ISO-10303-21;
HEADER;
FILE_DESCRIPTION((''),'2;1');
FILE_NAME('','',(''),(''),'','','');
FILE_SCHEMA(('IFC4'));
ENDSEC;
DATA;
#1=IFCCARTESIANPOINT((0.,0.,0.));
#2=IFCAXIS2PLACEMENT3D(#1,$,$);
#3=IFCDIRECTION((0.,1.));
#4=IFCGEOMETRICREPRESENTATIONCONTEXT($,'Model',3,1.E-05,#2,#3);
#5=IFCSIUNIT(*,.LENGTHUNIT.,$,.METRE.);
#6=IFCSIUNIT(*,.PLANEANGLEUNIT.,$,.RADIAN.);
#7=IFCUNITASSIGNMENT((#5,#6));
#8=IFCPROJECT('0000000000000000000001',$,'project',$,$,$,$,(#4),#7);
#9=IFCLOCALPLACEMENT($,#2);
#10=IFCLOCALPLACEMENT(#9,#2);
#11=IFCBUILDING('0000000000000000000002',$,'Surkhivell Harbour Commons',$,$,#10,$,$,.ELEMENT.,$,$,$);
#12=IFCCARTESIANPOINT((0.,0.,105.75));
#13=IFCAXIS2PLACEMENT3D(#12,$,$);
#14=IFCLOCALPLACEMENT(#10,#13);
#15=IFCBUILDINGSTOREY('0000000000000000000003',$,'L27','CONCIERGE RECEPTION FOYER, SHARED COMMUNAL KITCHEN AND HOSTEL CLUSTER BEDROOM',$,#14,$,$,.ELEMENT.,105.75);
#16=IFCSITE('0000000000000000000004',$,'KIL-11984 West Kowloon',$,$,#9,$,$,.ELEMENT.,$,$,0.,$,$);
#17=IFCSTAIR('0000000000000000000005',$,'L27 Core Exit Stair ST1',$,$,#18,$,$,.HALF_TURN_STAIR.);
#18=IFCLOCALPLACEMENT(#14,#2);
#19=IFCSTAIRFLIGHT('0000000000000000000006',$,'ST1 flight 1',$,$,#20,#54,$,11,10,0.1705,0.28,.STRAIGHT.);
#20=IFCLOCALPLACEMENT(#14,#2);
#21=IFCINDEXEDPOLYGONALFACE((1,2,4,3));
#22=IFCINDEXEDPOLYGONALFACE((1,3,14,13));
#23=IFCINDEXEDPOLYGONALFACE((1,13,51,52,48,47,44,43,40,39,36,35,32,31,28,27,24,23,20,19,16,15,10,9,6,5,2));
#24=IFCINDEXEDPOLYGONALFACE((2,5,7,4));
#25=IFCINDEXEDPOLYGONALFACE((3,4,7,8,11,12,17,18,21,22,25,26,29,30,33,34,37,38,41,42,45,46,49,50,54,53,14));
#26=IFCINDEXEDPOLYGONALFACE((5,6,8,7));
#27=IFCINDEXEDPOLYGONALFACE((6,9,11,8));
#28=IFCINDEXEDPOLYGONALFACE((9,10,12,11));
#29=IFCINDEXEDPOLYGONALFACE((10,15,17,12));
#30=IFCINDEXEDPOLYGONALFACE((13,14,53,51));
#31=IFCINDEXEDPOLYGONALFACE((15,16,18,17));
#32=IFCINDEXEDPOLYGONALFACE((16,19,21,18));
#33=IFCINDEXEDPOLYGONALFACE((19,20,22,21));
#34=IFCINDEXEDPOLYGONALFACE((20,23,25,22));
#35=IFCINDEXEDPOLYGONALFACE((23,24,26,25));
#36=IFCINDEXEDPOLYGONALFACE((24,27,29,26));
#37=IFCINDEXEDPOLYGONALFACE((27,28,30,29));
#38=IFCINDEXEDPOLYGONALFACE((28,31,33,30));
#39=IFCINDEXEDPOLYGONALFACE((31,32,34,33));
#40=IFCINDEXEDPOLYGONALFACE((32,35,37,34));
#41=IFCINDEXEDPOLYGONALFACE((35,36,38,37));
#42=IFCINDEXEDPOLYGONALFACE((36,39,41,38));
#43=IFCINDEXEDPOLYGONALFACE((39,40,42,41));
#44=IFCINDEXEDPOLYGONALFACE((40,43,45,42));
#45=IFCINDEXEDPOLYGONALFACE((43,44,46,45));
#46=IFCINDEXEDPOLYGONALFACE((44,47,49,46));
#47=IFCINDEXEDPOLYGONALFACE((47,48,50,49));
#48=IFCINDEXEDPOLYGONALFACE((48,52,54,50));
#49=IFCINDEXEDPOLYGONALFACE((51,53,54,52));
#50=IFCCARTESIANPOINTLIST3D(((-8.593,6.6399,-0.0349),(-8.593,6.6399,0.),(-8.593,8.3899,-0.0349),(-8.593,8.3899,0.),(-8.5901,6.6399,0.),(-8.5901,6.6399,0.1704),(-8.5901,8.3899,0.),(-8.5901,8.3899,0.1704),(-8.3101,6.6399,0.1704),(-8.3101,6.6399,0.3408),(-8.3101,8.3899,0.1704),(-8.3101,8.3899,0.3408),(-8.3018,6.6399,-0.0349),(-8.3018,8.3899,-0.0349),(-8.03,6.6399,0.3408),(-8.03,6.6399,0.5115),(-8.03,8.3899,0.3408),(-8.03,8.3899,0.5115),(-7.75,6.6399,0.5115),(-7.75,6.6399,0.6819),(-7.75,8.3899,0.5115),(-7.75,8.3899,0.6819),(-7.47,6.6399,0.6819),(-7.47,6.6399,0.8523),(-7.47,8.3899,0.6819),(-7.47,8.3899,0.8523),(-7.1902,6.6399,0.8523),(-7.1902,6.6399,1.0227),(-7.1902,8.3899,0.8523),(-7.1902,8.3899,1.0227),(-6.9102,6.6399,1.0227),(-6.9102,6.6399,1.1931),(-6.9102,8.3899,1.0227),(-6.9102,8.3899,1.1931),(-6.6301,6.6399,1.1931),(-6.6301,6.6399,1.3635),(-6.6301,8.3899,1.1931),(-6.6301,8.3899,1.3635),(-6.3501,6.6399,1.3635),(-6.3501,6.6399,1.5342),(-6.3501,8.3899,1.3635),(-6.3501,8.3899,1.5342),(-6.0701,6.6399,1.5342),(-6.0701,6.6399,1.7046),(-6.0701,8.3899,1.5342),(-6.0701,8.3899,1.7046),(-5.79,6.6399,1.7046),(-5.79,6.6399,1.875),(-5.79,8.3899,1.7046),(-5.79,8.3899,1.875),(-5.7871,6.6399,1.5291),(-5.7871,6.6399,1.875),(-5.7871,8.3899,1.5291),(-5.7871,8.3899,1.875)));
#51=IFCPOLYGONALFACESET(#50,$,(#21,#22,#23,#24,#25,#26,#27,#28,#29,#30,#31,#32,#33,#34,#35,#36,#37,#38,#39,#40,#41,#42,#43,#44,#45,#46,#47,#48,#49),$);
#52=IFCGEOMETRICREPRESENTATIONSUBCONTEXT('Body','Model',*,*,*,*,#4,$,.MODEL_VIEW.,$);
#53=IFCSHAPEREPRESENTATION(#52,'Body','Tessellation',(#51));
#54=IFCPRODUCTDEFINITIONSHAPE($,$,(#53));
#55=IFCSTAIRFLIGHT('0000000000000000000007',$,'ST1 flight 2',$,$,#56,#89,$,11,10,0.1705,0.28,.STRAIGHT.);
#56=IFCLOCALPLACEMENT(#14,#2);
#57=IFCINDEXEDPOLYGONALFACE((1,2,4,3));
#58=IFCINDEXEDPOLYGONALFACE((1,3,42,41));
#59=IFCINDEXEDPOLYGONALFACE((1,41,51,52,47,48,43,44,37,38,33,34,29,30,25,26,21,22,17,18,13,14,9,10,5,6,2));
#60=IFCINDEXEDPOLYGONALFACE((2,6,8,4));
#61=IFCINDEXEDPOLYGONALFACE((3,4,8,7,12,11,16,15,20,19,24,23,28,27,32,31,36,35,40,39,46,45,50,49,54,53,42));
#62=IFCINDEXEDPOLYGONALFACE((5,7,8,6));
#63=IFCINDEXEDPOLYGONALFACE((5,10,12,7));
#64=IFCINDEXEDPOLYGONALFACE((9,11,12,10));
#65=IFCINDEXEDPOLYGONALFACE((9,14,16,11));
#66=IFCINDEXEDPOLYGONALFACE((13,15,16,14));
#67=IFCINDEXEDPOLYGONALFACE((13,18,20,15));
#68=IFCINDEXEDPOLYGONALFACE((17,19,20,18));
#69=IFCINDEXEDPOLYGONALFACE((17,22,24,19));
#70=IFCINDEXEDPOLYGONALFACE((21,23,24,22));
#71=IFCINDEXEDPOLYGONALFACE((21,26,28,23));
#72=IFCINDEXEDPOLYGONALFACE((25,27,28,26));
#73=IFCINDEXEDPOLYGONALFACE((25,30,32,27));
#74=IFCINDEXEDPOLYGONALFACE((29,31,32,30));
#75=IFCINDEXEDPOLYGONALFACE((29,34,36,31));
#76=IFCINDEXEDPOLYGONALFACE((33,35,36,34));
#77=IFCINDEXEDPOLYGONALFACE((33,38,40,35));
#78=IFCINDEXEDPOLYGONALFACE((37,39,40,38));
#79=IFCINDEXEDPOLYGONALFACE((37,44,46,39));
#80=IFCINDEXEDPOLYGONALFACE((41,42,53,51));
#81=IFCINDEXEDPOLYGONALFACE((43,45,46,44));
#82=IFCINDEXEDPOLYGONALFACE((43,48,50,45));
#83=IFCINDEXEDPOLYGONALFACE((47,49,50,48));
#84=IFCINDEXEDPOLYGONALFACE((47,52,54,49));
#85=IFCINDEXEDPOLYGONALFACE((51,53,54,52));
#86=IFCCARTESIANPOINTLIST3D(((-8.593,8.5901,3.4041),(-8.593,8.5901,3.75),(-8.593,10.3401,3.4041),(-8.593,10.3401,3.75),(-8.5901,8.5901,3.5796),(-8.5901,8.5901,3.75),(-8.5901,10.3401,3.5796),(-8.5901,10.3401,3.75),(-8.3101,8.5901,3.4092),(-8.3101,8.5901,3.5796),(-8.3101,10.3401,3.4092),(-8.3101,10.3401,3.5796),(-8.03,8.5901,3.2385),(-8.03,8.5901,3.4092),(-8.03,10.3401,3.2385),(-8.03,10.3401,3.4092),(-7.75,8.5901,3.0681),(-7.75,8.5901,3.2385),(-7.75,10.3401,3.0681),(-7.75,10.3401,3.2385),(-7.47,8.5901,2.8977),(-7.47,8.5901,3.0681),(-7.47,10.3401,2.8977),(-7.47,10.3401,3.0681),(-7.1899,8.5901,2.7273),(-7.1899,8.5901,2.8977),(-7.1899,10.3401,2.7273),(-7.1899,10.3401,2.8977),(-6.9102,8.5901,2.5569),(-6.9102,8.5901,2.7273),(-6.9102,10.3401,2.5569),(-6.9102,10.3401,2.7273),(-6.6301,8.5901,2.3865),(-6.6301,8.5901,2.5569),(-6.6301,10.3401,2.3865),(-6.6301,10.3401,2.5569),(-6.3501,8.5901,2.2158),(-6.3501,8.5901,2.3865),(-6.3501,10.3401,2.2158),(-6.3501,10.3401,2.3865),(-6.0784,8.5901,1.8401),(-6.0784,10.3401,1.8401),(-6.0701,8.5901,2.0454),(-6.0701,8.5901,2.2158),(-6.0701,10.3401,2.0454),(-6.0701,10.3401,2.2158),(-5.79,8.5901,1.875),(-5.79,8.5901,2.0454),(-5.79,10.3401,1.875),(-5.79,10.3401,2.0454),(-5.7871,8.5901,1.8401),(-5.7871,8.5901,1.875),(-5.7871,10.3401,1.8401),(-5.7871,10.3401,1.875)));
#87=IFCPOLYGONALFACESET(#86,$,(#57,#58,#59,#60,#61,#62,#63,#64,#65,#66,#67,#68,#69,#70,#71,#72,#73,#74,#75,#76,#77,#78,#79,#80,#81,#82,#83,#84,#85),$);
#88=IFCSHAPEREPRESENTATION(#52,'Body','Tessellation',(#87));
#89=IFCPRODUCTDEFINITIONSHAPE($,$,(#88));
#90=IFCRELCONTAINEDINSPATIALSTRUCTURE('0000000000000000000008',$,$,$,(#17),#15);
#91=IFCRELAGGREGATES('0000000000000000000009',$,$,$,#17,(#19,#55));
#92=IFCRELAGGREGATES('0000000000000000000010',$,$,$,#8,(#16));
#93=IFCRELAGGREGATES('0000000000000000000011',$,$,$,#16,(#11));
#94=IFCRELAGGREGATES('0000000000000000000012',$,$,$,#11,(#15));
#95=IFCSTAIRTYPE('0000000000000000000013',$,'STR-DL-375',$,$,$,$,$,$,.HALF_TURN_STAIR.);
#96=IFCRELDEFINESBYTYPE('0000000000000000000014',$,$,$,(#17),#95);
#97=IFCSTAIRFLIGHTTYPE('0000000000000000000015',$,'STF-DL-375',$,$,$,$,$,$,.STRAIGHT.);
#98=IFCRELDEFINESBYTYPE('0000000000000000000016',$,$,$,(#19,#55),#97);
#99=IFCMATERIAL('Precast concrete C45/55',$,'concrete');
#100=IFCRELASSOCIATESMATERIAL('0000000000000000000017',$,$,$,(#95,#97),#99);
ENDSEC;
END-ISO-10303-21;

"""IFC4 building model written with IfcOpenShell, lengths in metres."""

from ifc_helpers import new_model, si_unit, direction, frame, origin, place, context, subcontext, project, spatial, polyline, outline, extrude, material, type_object, element, aggregate, save


model = new_model("IFC4")

# Units and contexts
model_context = context("Model", 3, precision=1e-05, world=origin(), true_north=direction((0.0, 1.0)))
body_context = subcontext(model_context, "Body", "Model", "MODEL_VIEW")
ifc_project = project(units=[si_unit("LENGTHUNIT", "METRE"), si_unit("PLANEANGLEUNIT", "RADIAN")], contexts=[model_context])

# Site, building, storey
site_placement = place(None, origin())
site = spatial("IfcSite", under=ifc_project, at=site_placement, Name="KIL-11984 West Kowloon", CompositionType="ELEMENT", RefElevation=0.0)
building_placement = place(site_placement, origin())
building = spatial("IfcBuilding", under=site, at=building_placement, Name="Surkhivell Harbour Commons", CompositionType="ELEMENT")
storey_placement = place(building_placement, frame((0.0, 0.0, 105.75)))
storey = spatial("IfcBuildingStorey", under=building, at=storey_placement, Name="L27", Description="CONCIERGE RECEPTION FOYER, SHARED COMMUNAL KITCHEN AND HOSTEL CLUSTER BEDROOM", CompositionType="ELEMENT", Elevation=105.75)

# Stair, stair flights
ifc_material_1 = material(Name="Precast concrete C45/55", Category="concrete")
stair_type = type_object("IfcStairType", Name="STR-DL-375", PredefinedType="HALF_TURN_STAIR", material=ifc_material_1)
stair_placement = place(storey_placement, origin())
stair = element("IfcStair", 1, at=stair_placement, inside=storey, type_object=stair_type, Name="L27 Core Exit Stair ST1", PredefinedType="HALF_TURN_STAIR")
stair_flight_type = type_object("IfcStairFlightType", Name="STF-DL-375", PredefinedType="STRAIGHT", material=ifc_material_1)
stair_flight_1_placement = place(storey_placement, frame((-8.5901, 7.5149, 0.0), z_axis=(0.0, 0.0, 1.0), x_axis=(1.0, 0.0, 0.0)))
stair_flight_1 = element("IfcStairFlight", 2, at=stair_flight_1_placement, type_object=stair_flight_type, Name="ST1 flight 1", NumberOfRisers=11, NumberOfTreads=10, PredefinedType="STRAIGHT", RiserHeight=0.1705, TreadLength=0.28, context=body_context, shape_type="SweptSolid", body=[
    extrude(outline(polyline([(-0.0029, -0.0349), (-0.0029, 0.0), (0.0, 0.0), (0.0, 0.1704), (0.28, 0.1704), (0.28, 0.3408), (0.5601, 0.3408), (0.5601, 0.5115), (0.8401, 0.5115), (0.8401, 0.6819), (1.1201, 0.6819), (1.1201, 0.8523), (1.3999, 0.8523), (1.3999, 1.0227), (1.6799, 1.0227), (1.6799, 1.1931), (1.96, 1.1931), (1.96, 1.3635), (2.24, 1.3635), (2.24, 1.5342), (2.52, 1.5342), (2.52, 1.7046), (2.8, 1.7046), (2.8, 1.875), (2.803, 1.875), (2.803, 1.5291), (0.2883, -0.0349), (-0.0029, -0.0349)])), frame((0.0, 0.875, 0.0), z_axis=(0.0, -1.0, 0.0), x_axis=(1.0, 0.0, 0.0)), (0.0, 0.0, 1.0), 1.75),
])
stair_flight_2_placement = place(storey_placement, frame((-5.79, 9.4651, 1.875), z_axis=(0.0, 0.0, 1.0), x_axis=(-1.0, 0.0, 0.0)))
stair_flight_2 = element("IfcStairFlight", 3, at=stair_flight_2_placement, type_object=stair_flight_type, Name="ST1 flight 2", NumberOfRisers=11, NumberOfTreads=10, PredefinedType="STRAIGHT", RiserHeight=0.1705, TreadLength=0.28, context=body_context, shape_type="SweptSolid", body=[
    extrude(outline(polyline([(-0.0029, -0.0349), (-0.0029, 0.0), (0.0, 0.0), (0.0, 0.1704), (0.28, 0.1704), (0.28, 0.3408), (0.5601, 0.3408), (0.5601, 0.5115), (0.8401, 0.5115), (0.8401, 0.6819), (1.1201, 0.6819), (1.1201, 0.8523), (1.3999, 0.8523), (1.3999, 1.0227), (1.6799, 1.0227), (1.6799, 1.1931), (1.96, 1.1931), (1.96, 1.3635), (2.24, 1.3635), (2.24, 1.5342), (2.52, 1.5342), (2.52, 1.7046), (2.8, 1.7046), (2.8, 1.875), (2.803, 1.875), (2.803, 1.5291), (0.2883, -0.0349), (-0.0029, -0.0349)])), frame((0.0, 0.875, 0.0), z_axis=(0.0, -1.0, 0.0), x_axis=(1.0, 0.0, 0.0)), (0.0, 0.0, 1.0), 1.75),
])
aggregate(stair, [stair_flight_1, stair_flight_2])

save(model, "model.ifc")
